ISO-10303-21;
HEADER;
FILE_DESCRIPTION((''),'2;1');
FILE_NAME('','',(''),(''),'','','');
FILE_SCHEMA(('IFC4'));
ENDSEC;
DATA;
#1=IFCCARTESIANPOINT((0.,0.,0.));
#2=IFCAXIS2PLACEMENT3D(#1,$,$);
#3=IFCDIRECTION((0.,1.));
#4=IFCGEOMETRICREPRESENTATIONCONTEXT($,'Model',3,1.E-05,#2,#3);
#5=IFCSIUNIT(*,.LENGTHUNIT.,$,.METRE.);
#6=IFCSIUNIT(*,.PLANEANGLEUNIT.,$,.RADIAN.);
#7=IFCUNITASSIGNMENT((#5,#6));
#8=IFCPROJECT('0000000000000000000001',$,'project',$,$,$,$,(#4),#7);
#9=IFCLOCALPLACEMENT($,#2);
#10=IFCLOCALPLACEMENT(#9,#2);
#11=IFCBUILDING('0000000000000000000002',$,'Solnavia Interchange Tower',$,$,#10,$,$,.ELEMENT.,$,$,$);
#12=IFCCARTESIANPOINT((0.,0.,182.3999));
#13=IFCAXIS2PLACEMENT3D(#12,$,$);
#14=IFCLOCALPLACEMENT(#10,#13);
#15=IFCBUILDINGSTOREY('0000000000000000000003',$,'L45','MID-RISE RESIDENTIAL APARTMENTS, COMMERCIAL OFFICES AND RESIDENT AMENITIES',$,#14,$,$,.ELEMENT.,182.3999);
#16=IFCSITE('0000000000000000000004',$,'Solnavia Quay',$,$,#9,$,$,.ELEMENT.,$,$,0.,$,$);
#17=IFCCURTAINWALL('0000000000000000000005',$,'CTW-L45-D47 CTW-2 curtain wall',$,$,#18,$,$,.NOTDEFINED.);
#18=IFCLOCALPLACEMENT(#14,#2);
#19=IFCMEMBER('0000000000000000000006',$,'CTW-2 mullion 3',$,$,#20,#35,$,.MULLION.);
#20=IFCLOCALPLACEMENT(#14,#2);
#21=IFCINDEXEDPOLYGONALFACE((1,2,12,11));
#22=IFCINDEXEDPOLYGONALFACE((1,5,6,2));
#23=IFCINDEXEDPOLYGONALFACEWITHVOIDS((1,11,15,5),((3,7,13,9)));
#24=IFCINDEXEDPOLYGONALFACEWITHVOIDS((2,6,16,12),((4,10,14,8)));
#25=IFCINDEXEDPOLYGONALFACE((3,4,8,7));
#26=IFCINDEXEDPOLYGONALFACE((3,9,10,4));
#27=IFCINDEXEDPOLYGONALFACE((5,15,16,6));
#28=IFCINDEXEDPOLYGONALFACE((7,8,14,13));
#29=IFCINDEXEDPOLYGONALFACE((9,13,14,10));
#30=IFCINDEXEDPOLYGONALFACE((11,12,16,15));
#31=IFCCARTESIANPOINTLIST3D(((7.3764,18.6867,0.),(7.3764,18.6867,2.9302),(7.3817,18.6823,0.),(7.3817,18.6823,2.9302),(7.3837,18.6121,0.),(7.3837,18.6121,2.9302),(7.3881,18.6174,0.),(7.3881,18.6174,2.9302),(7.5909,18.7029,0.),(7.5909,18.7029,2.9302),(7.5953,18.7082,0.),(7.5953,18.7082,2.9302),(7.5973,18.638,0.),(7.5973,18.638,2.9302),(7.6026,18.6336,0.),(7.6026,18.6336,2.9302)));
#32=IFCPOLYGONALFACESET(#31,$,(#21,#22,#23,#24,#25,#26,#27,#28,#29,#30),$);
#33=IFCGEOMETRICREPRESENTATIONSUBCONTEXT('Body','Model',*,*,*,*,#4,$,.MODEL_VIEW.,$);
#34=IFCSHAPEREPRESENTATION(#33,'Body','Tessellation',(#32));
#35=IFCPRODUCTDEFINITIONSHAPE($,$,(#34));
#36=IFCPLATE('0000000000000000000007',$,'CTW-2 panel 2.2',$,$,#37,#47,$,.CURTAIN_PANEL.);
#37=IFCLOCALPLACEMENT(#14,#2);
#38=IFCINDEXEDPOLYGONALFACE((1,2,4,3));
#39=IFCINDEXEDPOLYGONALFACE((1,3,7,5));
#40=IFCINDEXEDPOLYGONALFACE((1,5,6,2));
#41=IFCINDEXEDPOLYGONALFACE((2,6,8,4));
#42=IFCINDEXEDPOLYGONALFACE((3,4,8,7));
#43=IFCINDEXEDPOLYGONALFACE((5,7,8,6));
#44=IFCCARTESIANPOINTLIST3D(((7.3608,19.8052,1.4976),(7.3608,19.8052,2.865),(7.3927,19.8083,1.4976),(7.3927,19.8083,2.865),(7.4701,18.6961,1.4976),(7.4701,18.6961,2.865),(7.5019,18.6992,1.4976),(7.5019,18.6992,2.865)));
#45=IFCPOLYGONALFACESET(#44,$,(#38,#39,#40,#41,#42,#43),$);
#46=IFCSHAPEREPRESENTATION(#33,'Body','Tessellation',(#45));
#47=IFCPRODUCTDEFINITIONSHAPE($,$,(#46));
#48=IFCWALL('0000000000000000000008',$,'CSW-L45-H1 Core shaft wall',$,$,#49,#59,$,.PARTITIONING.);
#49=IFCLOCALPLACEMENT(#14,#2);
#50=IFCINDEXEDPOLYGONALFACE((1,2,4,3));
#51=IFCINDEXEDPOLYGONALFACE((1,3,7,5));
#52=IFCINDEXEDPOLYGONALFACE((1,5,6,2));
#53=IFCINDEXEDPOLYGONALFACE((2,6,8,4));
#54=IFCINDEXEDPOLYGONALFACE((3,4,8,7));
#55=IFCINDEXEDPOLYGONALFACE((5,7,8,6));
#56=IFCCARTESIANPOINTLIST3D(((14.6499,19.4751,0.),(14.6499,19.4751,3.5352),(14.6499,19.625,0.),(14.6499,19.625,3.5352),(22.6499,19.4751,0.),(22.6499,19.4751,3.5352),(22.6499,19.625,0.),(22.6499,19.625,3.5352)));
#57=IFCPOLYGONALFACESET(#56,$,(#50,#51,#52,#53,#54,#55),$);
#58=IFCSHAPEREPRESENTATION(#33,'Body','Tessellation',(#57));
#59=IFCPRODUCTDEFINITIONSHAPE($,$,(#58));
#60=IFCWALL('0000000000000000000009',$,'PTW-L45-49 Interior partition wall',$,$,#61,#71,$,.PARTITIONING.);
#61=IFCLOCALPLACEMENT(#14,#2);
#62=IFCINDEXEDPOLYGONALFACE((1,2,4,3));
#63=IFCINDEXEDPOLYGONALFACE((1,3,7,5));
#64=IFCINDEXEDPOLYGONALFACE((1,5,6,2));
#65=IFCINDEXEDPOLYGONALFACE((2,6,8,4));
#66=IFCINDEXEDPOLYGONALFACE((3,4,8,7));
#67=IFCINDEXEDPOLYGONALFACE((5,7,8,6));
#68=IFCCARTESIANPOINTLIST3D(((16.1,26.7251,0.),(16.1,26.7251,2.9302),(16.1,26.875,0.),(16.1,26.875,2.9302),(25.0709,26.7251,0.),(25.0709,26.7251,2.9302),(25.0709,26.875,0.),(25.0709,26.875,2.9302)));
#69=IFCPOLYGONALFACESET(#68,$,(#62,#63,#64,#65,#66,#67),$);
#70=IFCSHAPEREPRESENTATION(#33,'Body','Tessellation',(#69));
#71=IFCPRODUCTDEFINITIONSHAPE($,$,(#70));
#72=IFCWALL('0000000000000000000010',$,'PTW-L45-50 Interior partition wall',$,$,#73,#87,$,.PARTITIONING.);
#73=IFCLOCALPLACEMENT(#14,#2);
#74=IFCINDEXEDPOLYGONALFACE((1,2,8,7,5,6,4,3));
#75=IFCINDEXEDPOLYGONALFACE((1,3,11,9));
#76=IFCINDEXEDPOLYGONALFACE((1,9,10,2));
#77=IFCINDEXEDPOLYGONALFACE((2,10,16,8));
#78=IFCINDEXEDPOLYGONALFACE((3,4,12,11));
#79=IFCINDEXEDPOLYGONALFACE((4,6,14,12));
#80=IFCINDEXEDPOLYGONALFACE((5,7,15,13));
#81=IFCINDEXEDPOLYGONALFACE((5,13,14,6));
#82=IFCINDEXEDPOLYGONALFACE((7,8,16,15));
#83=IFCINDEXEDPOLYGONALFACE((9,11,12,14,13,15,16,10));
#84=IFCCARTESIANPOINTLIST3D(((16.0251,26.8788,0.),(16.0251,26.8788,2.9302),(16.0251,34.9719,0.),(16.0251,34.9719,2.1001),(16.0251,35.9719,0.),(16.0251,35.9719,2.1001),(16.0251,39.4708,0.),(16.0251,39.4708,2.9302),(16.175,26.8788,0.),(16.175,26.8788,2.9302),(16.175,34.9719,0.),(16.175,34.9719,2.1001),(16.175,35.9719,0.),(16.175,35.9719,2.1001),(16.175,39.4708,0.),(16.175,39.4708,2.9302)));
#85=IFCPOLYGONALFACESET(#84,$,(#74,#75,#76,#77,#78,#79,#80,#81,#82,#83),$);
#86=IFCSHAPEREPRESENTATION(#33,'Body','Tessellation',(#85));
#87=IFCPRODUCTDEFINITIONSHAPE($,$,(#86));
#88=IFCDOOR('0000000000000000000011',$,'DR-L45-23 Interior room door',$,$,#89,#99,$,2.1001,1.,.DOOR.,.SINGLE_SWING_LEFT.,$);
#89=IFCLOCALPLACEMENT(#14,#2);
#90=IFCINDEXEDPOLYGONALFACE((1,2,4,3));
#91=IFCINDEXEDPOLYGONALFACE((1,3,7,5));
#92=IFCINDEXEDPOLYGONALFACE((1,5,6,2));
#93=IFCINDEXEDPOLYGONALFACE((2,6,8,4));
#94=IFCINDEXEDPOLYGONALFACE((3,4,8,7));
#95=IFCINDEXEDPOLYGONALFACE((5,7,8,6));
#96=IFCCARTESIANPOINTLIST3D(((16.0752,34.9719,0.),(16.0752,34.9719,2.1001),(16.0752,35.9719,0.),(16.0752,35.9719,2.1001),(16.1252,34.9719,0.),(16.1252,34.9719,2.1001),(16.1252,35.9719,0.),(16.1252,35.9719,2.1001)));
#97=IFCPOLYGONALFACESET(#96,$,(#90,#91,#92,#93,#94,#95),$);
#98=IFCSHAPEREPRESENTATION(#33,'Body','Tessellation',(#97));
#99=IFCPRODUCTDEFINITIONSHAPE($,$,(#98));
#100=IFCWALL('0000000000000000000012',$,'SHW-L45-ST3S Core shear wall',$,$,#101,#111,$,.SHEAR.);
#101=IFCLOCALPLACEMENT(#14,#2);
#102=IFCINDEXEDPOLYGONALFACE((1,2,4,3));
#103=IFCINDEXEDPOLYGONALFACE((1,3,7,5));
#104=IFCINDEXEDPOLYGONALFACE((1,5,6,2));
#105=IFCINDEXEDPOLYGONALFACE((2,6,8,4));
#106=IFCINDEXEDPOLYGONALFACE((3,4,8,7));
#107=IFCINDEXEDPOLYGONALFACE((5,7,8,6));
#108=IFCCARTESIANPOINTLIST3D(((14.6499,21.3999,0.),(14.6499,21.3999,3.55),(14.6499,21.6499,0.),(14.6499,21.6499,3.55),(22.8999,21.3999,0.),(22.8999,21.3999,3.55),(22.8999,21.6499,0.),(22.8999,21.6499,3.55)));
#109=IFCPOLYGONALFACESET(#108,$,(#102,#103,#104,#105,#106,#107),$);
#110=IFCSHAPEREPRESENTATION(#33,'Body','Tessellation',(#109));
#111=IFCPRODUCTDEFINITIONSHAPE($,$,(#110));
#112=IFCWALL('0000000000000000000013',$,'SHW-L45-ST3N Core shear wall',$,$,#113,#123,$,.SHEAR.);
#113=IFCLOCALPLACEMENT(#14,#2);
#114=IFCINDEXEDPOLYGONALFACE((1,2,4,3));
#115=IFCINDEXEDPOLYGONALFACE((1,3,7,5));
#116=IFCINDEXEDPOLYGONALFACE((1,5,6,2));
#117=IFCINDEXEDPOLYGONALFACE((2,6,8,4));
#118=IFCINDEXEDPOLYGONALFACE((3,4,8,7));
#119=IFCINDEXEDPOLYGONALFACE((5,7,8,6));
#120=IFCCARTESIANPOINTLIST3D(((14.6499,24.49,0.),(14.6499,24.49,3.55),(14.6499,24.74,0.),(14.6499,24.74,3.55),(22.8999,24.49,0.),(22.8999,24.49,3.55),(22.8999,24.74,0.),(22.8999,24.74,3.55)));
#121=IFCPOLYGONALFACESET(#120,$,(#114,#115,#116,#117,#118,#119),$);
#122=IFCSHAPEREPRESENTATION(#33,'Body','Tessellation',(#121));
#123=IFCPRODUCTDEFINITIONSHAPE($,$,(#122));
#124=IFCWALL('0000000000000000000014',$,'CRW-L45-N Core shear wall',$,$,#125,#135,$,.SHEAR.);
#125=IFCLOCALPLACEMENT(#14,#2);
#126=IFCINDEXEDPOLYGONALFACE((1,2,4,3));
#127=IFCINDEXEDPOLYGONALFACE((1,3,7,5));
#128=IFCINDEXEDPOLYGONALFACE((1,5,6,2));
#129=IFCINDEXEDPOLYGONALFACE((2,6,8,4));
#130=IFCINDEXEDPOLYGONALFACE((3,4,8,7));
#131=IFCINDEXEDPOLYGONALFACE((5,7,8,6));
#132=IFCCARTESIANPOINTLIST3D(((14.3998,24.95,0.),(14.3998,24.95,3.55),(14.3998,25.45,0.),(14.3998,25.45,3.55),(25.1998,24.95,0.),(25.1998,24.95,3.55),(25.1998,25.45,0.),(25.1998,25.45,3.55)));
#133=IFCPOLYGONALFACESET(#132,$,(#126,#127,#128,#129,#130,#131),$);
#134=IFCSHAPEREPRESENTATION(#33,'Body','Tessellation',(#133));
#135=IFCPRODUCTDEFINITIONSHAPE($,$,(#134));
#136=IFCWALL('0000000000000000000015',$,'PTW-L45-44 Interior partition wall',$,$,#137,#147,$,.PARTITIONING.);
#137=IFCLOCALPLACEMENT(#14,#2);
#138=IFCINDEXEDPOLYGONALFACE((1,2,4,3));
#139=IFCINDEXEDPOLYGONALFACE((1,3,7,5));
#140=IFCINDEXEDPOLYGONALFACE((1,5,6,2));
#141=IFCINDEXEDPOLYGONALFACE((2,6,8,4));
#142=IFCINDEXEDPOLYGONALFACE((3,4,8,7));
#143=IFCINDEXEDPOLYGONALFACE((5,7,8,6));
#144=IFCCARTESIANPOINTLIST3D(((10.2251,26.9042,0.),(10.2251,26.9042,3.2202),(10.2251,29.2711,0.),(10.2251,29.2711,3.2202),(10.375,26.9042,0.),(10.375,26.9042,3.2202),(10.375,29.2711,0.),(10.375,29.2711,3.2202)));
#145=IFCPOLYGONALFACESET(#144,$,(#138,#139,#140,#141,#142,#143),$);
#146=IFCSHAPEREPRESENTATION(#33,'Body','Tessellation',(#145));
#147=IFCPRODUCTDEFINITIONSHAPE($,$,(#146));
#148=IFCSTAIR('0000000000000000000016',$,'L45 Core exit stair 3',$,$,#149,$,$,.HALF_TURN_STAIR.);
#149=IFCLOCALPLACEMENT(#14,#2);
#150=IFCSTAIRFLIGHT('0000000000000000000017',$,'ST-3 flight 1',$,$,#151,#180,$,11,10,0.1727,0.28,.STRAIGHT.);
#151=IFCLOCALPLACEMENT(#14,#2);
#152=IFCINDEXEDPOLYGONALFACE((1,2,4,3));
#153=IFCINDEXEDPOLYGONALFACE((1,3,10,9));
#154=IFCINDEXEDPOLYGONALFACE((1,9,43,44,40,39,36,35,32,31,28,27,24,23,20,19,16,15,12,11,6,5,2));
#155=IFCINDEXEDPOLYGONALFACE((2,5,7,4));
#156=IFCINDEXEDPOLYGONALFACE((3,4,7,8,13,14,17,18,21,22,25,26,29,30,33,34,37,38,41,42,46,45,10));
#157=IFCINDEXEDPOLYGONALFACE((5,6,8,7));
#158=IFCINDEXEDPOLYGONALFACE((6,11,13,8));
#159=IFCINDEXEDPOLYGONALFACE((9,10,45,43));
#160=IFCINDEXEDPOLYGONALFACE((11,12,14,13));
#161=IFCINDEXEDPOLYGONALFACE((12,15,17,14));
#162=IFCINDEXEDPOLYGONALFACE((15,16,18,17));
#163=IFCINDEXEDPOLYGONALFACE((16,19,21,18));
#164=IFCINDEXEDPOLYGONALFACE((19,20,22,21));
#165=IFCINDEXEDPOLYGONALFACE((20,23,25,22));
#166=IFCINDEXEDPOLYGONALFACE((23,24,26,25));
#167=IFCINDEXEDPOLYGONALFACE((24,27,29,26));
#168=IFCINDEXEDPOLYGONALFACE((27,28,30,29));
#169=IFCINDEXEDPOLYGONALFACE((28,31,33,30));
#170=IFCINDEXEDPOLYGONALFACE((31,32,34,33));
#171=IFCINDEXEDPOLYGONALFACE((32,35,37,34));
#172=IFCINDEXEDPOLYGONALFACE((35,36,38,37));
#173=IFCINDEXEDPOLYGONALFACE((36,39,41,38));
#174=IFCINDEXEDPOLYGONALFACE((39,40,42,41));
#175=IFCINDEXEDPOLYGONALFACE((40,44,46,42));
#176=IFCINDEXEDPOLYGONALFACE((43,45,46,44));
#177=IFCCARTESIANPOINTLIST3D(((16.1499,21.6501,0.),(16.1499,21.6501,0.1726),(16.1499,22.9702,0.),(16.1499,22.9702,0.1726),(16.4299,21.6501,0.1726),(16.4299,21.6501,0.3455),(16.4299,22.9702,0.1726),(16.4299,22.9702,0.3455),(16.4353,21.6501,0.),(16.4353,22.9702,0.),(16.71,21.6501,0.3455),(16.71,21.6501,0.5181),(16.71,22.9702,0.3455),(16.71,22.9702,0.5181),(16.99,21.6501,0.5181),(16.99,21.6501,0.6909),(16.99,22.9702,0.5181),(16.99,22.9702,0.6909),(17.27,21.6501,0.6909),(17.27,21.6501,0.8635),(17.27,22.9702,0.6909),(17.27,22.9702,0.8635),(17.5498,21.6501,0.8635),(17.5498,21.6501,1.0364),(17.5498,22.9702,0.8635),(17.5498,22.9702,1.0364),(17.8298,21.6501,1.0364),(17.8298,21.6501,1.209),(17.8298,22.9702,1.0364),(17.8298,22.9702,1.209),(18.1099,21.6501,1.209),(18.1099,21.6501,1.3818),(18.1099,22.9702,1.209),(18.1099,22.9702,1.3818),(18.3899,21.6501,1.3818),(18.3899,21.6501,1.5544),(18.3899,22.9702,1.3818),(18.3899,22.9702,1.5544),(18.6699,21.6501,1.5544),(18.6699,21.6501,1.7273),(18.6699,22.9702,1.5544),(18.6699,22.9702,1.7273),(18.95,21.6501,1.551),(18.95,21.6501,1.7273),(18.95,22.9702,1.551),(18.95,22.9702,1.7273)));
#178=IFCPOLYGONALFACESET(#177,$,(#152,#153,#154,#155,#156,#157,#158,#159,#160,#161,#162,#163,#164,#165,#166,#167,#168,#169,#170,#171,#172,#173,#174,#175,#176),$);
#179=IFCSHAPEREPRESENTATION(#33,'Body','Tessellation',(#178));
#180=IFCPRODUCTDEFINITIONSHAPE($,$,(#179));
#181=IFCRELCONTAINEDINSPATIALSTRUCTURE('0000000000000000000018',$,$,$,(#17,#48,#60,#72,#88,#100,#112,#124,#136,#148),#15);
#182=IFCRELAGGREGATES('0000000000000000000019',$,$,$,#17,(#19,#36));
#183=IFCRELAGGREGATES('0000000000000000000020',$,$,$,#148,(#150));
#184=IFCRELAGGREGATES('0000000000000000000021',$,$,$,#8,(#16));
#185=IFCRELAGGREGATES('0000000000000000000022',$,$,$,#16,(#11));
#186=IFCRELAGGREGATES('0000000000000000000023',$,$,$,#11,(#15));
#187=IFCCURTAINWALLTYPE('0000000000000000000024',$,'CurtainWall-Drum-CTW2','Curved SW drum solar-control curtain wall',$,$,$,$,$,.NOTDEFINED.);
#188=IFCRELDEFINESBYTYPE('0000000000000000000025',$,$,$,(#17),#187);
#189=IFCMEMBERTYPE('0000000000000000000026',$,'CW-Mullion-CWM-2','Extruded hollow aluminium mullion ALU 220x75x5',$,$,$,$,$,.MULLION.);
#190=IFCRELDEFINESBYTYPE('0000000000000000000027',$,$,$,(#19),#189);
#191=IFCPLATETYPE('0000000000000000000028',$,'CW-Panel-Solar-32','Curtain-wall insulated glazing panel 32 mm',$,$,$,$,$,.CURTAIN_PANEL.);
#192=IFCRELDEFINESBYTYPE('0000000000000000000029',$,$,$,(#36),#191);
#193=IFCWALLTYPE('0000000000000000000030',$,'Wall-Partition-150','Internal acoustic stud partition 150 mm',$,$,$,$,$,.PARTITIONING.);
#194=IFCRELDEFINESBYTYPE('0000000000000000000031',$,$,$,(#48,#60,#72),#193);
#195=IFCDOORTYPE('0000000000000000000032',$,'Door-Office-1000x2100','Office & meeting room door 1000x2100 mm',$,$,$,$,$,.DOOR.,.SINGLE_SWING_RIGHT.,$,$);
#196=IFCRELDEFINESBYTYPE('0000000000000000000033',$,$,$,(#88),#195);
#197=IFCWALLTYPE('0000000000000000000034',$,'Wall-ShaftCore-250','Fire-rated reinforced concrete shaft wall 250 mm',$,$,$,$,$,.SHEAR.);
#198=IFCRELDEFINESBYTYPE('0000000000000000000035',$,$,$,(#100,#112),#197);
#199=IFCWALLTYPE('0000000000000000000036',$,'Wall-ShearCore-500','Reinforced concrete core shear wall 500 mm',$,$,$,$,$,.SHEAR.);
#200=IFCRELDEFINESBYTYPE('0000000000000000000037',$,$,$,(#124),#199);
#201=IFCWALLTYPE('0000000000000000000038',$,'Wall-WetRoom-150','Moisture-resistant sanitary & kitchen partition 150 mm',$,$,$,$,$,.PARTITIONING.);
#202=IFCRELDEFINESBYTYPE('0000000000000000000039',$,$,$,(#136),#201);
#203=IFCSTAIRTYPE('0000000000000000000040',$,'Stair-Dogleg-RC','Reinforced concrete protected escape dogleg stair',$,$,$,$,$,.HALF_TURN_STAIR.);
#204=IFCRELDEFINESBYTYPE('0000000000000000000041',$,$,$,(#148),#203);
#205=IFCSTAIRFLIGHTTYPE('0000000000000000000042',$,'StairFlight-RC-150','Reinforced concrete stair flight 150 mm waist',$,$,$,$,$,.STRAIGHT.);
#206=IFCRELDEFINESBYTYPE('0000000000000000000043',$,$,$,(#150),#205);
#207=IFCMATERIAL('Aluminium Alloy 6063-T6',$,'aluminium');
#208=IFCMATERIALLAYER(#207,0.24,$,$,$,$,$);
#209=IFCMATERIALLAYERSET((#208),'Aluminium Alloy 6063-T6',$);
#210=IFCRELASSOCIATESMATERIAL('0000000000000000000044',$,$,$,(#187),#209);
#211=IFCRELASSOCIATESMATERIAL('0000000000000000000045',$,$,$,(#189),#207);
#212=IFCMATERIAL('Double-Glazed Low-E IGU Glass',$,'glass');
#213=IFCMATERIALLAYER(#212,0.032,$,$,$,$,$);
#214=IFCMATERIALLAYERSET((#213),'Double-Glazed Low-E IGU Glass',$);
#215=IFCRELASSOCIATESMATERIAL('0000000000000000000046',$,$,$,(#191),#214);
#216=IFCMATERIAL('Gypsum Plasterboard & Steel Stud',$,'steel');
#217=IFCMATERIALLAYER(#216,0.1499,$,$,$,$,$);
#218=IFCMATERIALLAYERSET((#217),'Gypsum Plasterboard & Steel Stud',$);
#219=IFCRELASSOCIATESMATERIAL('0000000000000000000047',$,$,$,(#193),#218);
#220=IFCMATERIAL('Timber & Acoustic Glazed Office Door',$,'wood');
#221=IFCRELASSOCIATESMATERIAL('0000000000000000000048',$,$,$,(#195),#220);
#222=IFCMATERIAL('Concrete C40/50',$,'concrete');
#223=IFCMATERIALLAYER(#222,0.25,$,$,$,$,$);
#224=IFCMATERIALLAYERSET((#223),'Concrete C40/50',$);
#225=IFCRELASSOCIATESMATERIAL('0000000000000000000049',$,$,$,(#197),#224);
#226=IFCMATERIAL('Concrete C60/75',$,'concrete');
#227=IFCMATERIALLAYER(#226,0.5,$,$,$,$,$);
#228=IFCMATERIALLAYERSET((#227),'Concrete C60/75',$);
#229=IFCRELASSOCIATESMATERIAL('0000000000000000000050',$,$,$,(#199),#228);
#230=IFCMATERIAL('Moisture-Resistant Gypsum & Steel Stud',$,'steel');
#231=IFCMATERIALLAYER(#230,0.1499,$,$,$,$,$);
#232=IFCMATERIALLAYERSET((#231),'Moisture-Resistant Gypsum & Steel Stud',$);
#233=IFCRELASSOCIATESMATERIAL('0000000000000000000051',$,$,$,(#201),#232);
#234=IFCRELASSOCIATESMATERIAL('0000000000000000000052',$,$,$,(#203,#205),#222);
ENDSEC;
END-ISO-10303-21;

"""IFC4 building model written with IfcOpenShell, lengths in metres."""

from ifc_helpers import new_model, si_unit, direction, frame, frame_2d, origin, origin_2d, place, context, subcontext, project, spatial, polyline, rectangle, hollow_rectangle, outline, extrude, material, layer, layer_set, material_profile, profile_set, type_object, element, fill, aggregate, save


model = new_model("IFC4")

# Units and contexts
model_context = context("Model", 3, precision=1e-05, world=origin(), true_north=direction((0.0, 1.0)))
body_context = subcontext(model_context, "Body", "Model", "MODEL_VIEW")
ifc_project = project(units=[si_unit("LENGTHUNIT", "METRE"), si_unit("PLANEANGLEUNIT", "RADIAN")], contexts=[model_context])

# Site, building, storey
site_placement = place(None, origin())
site = spatial("IfcSite", under=ifc_project, at=site_placement, Name="Solnavia Quay", CompositionType="ELEMENT", RefElevation=0.0)
building_placement = place(site_placement, origin())
building = spatial("IfcBuilding", under=site, at=building_placement, Name="Solnavia Interchange Tower", CompositionType="ELEMENT")
storey_placement = place(building_placement, frame((0.0, 0.0, 182.3999)))
storey = spatial("IfcBuildingStorey", under=building, at=storey_placement, Name="L45", Description="MID-RISE RESIDENTIAL APARTMENTS, COMMERCIAL OFFICES AND RESIDENT AMENITIES", CompositionType="ELEMENT", Elevation=182.3999)

# Curtain wall, member, plate
ifc_material_1 = material(Name="Aluminium Alloy 6063-T6", Category="aluminium")
ifc_layer_1 = layer(ifc_material_1, 0.24)
ifc_layer_set_1 = layer_set([ifc_layer_1], Name="Aluminium Alloy 6063-T6")
curtain_wall_type = type_object("IfcCurtainWallType", Name="CurtainWall-Drum-CTW2", Description="Curved SW drum solar-control curtain wall", PredefinedType="NOTDEFINED", material=ifc_layer_set_1)
curtain_wall_placement = place(storey_placement, origin())
curtain_wall = element("IfcCurtainWall", 1, at=curtain_wall_placement, inside=storey, type_object=curtain_wall_type, Name="CTW-L45-D47 CTW-2 curtain wall", PredefinedType="NOTDEFINED")
ifc_material_profile_1 = material_profile(ifc_material_1, hollow_rectangle(XDim=0.075, YDim=0.22, WallThickness=0.0049, at=origin_2d()), Name="ALU 220x75x5")
ifc_profile_set_1 = profile_set([ifc_material_profile_1], Name="Aluminium Alloy 6063-T6")
member_type = type_object("IfcMemberType", Name="CW-Mullion-CWM-2", Description="Extruded hollow aluminium mullion ALU 220x75x5", PredefinedType="MULLION", material=ifc_profile_set_1)
member_placement = place(storey_placement, frame((7.4895, 18.6602, 0.0), z_axis=(0.0, 0.0, 1.0), x_axis=(0.098043, -0.995182, 0.0)))
member = element("IfcMember", 2, at=member_placement, type_object=member_type, Name="CTW-2 mullion 3", PredefinedType="MULLION", context=body_context, shape_type="SweptSolid", body=[
    extrude(hollow_rectangle(XDim=0.075, YDim=0.22, WallThickness=0.0049, at=origin_2d()), origin(), (0.0, 0.0, 1.0), 2.9302),
])
ifc_material_2 = material(Name="Double-Glazed Low-E IGU Glass", Category="glass")
ifc_layer_2 = layer(ifc_material_2, 0.032)
ifc_layer_set_2 = layer_set([ifc_layer_2], Name="Double-Glazed Low-E IGU Glass")
plate_type = type_object("IfcPlateType", Name="CW-Panel-Solar-32", Description="Curtain-wall insulated glazing panel 32 mm", PredefinedType="CURTAIN_PANEL", material=ifc_layer_set_2)
plate_placement = place(storey_placement, frame((7.4314, 19.2522, 1.4976), z_axis=(0.0, 0.0, 1.0), x_axis=(0.098043, -0.995182, 0.0)))
plate = element("IfcPlate", 3, at=plate_placement, type_object=plate_type, Name="CTW-2 panel 2.2", PredefinedType="CURTAIN_PANEL", context=body_context, shape_type="SweptSolid", body=[
    extrude(rectangle(XDim=1.1145, YDim=0.032, at=origin_2d()), origin(), (0.0, 0.0, 1.0), 1.3674),
])
aggregate(curtain_wall, [member, plate])

# Walls
ifc_material_3 = material(Name="Gypsum Plasterboard & Steel Stud", Category="steel")
ifc_layer_3 = layer(ifc_material_3, 0.1499)
ifc_layer_set_3 = layer_set([ifc_layer_3], Name="Gypsum Plasterboard & Steel Stud")
wall_type_1 = type_object("IfcWallType", Name="Wall-Partition-150", Description="Internal acoustic stud partition 150 mm", PredefinedType="PARTITIONING", material=ifc_layer_set_3)
wall_1_placement = place(storey_placement, frame((14.6499, 19.55, 0.0), z_axis=(0.0, 0.0, 1.0), x_axis=(1.0, 0.0, 0.0)))
element("IfcWall", 4, at=wall_1_placement, inside=storey, type_object=wall_type_1, Name="CSW-L45-H1 Core shaft wall", PredefinedType="PARTITIONING", context=body_context, shape_type="SweptSolid", body=[
    extrude(rectangle(XDim=8.0, YDim=0.1499, at=frame_2d((4.0, 0.0))), origin(), (0.0, 0.0, 1.0), 3.5352),
])
wall_2_placement = place(storey_placement, frame((16.1001, 26.8, 0.0), z_axis=(0.0, 0.0, 1.0), x_axis=(1.0, 0.0, 0.0)))
element("IfcWall", 5, at=wall_2_placement, inside=storey, type_object=wall_type_1, Name="PTW-L45-49 Interior partition wall", PredefinedType="PARTITIONING", context=body_context, shape_type="SweptSolid", body=[
    extrude(rectangle(XDim=8.9709, YDim=0.1499, at=frame_2d((4.4854, 0.0))), origin(), (0.0, 0.0, 1.0), 2.9302),
])

# Wall, opening, door
wall_3_placement = place(storey_placement, frame((16.1001, 26.8789, 0.0), z_axis=(0.0, 0.0, 1.0), x_axis=(0.0, 1.0, 0.0)))
wall_3 = element("IfcWall", 6, at=wall_3_placement, inside=storey, type_object=wall_type_1, Name="PTW-L45-50 Interior partition wall", PredefinedType="PARTITIONING", context=body_context, shape_type="SweptSolid", body=[
    extrude(rectangle(XDim=12.592, YDim=0.1499, at=frame_2d((6.2959, 0.0))), origin(), (0.0, 0.0, 1.0), 2.9302),
])
opening_placement = place(wall_3_placement, frame((8.093, 0.0, 0.0)))
opening = element("IfcOpeningElement", 7, at=opening_placement, cuts=wall_3, PredefinedType="OPENING", context=body_context, shape_type="SweptSolid", body=[
    extrude(rectangle(XDim=1.0, YDim=2.1001, at=frame_2d((0.5, 1.05))), frame((0.0, 0.085, 0.0), z_axis=(0.0, -1.0, 0.0), x_axis=(1.0, 0.0, 0.0)), (0.0, 0.0, 1.0), 0.1699),
])
ifc_material_4 = material(Name="Timber & Acoustic Glazed Office Door", Category="wood")
door_type = type_object("IfcDoorType", Name="Door-Office-1000x2100", Description="Office & meeting room door 1000x2100 mm", OperationType="SINGLE_SWING_RIGHT", PredefinedType="DOOR", material=ifc_material_4)
door_placement = place(opening_placement, origin())
door = element("IfcDoor", 8, at=door_placement, inside=storey, type_object=door_type, Name="DR-L45-23 Interior room door", OperationType="SINGLE_SWING_LEFT", OverallHeight=2.1001, OverallWidth=1.0, PredefinedType="DOOR", context=body_context, shape_type="SweptSolid", body=[
    extrude(rectangle(XDim=1.0, YDim=2.1001, at=frame_2d((0.5, 1.05))), frame((0.0, 0.0249, 0.0), z_axis=(0.0, -1.0, 0.0), x_axis=(1.0, 0.0, 0.0)), (0.0, 0.0, 1.0), 0.05),
])
fill(opening, door)

# Walls
ifc_material_5 = material(Name="Concrete C40/50", Category="concrete")
ifc_layer_4 = layer(ifc_material_5, 0.25)
ifc_layer_set_4 = layer_set([ifc_layer_4], Name="Concrete C40/50")
wall_type_2 = type_object("IfcWallType", Name="Wall-ShaftCore-250", Description="Fire-rated reinforced concrete shaft wall 250 mm", PredefinedType="SHEAR", material=ifc_layer_set_4)
for number, where, z_axis, x_axis, name in (
    (9, (14.6499, 21.5249, 0.0), (0.0, 0.0, 1.0), (1.0, 0.0, 0.0), "SHW-L45-ST3S Core shear wall"),
    (10, (14.6499, 24.615, 0.0), (0.0, 0.0, 1.0), (1.0, 0.0, 0.0), "SHW-L45-ST3N Core shear wall"),
):
    element("IfcWall", number, at=place(storey_placement, frame(where, z_axis=z_axis, x_axis=x_axis)), inside=storey, type_object=wall_type_2, Name=name, PredefinedType="SHEAR", context=body_context, shape_type="SweptSolid", body=[
        extrude(rectangle(XDim=8.25, YDim=0.25, at=frame_2d((4.125, 0.0))), origin(), (0.0, 0.0, 1.0), 3.55),
    ])
ifc_material_6 = material(Name="Concrete C60/75", Category="concrete")
ifc_layer_5 = layer(ifc_material_6, 0.5)
ifc_layer_set_5 = layer_set([ifc_layer_5], Name="Concrete C60/75")
wall_type_3 = type_object("IfcWallType", Name="Wall-ShearCore-500", Description="Reinforced concrete core shear wall 500 mm", PredefinedType="SHEAR", material=ifc_layer_set_5)
wall_4_placement = place(storey_placement, frame((14.3999, 25.2, 0.0), z_axis=(0.0, 0.0, 1.0), x_axis=(1.0, 0.0, 0.0)))
element("IfcWall", 11, at=wall_4_placement, inside=storey, type_object=wall_type_3, Name="CRW-L45-N Core shear wall", PredefinedType="SHEAR", context=body_context, shape_type="SweptSolid", body=[
    extrude(rectangle(XDim=10.8, YDim=0.5, at=frame_2d((5.3999, 0.0))), origin(), (0.0, 0.0, 1.0), 3.55),
])
ifc_material_7 = material(Name="Moisture-Resistant Gypsum & Steel Stud", Category="steel")
ifc_layer_6 = layer(ifc_material_7, 0.1499)
ifc_layer_set_6 = layer_set([ifc_layer_6], Name="Moisture-Resistant Gypsum & Steel Stud")
wall_type_4 = type_object("IfcWallType", Name="Wall-WetRoom-150", Description="Moisture-resistant sanitary & kitchen partition 150 mm", PredefinedType="PARTITIONING", material=ifc_layer_set_6)
wall_5_placement = place(storey_placement, frame((10.3, 26.9041, 0.0), z_axis=(0.0, 0.0, 1.0), x_axis=(0.0, 1.0, 0.0)))
element("IfcWall", 12, at=wall_5_placement, inside=storey, type_object=wall_type_4, Name="PTW-L45-44 Interior partition wall", PredefinedType="PARTITIONING", context=body_context, shape_type="SweptSolid", body=[
    extrude(rectangle(XDim=2.3669, YDim=0.1499, at=frame_2d((1.1836, 0.0))), origin(), (0.0, 0.0, 1.0), 3.2202),
])

# Stair, stair flight
stair_type = type_object("IfcStairType", Name="Stair-Dogleg-RC", Description="Reinforced concrete protected escape dogleg stair", PredefinedType="HALF_TURN_STAIR", material=ifc_material_5)
stair_placement = place(storey_placement, origin())
stair = element("IfcStair", 13, at=stair_placement, inside=storey, type_object=stair_type, Name="L45 Core exit stair 3", PredefinedType="HALF_TURN_STAIR")
stair_flight_type = type_object("IfcStairFlightType", Name="StairFlight-RC-150", Description="Reinforced concrete stair flight 150 mm waist", PredefinedType="STRAIGHT", material=ifc_material_5)
stair_flight_1_placement = place(storey_placement, frame((16.1499, 22.3101, 0.0), z_axis=(0.0, 0.0, 1.0), x_axis=(1.0, 0.0, 0.0)))
stair_flight_1 = element("IfcStairFlight", 14, at=stair_flight_1_placement, type_object=stair_flight_type, Name="ST-3 flight 1", NumberOfRisers=11, NumberOfTreads=10, PredefinedType="STRAIGHT", RiserHeight=0.1727, TreadLength=0.28, context=body_context, shape_type="SweptSolid", body=[
    extrude(outline(polyline([(0.0, 0.0), (0.0, 0.1726), (0.28, 0.1726), (0.28, 0.3455), (0.5601, 0.3455), (0.5601, 0.5181), (0.8401, 0.5181), (0.8401, 0.6909), (1.1201, 0.6909), (1.1201, 0.8635), (1.3999, 0.8635), (1.3999, 1.0364), (1.6799, 1.0364), (1.6799, 1.209), (1.96, 1.209), (1.96, 1.3818), (2.24, 1.3818), (2.24, 1.5544), (2.52, 1.5544), (2.52, 1.7273), (2.8, 1.7273), (2.8, 1.8999), (2.8, 1.551), (0.2854, 0.0), (0.0, 0.0)])), frame((0.0, 0.6602, 0.0), z_axis=(0.0, -1.0, 0.0), x_axis=(1.0, 0.0, 0.0)), (0.0, 0.0, 1.0), 1.3201),
])
aggregate(stair, [stair_flight_1])

save(model, "model.ifc")
